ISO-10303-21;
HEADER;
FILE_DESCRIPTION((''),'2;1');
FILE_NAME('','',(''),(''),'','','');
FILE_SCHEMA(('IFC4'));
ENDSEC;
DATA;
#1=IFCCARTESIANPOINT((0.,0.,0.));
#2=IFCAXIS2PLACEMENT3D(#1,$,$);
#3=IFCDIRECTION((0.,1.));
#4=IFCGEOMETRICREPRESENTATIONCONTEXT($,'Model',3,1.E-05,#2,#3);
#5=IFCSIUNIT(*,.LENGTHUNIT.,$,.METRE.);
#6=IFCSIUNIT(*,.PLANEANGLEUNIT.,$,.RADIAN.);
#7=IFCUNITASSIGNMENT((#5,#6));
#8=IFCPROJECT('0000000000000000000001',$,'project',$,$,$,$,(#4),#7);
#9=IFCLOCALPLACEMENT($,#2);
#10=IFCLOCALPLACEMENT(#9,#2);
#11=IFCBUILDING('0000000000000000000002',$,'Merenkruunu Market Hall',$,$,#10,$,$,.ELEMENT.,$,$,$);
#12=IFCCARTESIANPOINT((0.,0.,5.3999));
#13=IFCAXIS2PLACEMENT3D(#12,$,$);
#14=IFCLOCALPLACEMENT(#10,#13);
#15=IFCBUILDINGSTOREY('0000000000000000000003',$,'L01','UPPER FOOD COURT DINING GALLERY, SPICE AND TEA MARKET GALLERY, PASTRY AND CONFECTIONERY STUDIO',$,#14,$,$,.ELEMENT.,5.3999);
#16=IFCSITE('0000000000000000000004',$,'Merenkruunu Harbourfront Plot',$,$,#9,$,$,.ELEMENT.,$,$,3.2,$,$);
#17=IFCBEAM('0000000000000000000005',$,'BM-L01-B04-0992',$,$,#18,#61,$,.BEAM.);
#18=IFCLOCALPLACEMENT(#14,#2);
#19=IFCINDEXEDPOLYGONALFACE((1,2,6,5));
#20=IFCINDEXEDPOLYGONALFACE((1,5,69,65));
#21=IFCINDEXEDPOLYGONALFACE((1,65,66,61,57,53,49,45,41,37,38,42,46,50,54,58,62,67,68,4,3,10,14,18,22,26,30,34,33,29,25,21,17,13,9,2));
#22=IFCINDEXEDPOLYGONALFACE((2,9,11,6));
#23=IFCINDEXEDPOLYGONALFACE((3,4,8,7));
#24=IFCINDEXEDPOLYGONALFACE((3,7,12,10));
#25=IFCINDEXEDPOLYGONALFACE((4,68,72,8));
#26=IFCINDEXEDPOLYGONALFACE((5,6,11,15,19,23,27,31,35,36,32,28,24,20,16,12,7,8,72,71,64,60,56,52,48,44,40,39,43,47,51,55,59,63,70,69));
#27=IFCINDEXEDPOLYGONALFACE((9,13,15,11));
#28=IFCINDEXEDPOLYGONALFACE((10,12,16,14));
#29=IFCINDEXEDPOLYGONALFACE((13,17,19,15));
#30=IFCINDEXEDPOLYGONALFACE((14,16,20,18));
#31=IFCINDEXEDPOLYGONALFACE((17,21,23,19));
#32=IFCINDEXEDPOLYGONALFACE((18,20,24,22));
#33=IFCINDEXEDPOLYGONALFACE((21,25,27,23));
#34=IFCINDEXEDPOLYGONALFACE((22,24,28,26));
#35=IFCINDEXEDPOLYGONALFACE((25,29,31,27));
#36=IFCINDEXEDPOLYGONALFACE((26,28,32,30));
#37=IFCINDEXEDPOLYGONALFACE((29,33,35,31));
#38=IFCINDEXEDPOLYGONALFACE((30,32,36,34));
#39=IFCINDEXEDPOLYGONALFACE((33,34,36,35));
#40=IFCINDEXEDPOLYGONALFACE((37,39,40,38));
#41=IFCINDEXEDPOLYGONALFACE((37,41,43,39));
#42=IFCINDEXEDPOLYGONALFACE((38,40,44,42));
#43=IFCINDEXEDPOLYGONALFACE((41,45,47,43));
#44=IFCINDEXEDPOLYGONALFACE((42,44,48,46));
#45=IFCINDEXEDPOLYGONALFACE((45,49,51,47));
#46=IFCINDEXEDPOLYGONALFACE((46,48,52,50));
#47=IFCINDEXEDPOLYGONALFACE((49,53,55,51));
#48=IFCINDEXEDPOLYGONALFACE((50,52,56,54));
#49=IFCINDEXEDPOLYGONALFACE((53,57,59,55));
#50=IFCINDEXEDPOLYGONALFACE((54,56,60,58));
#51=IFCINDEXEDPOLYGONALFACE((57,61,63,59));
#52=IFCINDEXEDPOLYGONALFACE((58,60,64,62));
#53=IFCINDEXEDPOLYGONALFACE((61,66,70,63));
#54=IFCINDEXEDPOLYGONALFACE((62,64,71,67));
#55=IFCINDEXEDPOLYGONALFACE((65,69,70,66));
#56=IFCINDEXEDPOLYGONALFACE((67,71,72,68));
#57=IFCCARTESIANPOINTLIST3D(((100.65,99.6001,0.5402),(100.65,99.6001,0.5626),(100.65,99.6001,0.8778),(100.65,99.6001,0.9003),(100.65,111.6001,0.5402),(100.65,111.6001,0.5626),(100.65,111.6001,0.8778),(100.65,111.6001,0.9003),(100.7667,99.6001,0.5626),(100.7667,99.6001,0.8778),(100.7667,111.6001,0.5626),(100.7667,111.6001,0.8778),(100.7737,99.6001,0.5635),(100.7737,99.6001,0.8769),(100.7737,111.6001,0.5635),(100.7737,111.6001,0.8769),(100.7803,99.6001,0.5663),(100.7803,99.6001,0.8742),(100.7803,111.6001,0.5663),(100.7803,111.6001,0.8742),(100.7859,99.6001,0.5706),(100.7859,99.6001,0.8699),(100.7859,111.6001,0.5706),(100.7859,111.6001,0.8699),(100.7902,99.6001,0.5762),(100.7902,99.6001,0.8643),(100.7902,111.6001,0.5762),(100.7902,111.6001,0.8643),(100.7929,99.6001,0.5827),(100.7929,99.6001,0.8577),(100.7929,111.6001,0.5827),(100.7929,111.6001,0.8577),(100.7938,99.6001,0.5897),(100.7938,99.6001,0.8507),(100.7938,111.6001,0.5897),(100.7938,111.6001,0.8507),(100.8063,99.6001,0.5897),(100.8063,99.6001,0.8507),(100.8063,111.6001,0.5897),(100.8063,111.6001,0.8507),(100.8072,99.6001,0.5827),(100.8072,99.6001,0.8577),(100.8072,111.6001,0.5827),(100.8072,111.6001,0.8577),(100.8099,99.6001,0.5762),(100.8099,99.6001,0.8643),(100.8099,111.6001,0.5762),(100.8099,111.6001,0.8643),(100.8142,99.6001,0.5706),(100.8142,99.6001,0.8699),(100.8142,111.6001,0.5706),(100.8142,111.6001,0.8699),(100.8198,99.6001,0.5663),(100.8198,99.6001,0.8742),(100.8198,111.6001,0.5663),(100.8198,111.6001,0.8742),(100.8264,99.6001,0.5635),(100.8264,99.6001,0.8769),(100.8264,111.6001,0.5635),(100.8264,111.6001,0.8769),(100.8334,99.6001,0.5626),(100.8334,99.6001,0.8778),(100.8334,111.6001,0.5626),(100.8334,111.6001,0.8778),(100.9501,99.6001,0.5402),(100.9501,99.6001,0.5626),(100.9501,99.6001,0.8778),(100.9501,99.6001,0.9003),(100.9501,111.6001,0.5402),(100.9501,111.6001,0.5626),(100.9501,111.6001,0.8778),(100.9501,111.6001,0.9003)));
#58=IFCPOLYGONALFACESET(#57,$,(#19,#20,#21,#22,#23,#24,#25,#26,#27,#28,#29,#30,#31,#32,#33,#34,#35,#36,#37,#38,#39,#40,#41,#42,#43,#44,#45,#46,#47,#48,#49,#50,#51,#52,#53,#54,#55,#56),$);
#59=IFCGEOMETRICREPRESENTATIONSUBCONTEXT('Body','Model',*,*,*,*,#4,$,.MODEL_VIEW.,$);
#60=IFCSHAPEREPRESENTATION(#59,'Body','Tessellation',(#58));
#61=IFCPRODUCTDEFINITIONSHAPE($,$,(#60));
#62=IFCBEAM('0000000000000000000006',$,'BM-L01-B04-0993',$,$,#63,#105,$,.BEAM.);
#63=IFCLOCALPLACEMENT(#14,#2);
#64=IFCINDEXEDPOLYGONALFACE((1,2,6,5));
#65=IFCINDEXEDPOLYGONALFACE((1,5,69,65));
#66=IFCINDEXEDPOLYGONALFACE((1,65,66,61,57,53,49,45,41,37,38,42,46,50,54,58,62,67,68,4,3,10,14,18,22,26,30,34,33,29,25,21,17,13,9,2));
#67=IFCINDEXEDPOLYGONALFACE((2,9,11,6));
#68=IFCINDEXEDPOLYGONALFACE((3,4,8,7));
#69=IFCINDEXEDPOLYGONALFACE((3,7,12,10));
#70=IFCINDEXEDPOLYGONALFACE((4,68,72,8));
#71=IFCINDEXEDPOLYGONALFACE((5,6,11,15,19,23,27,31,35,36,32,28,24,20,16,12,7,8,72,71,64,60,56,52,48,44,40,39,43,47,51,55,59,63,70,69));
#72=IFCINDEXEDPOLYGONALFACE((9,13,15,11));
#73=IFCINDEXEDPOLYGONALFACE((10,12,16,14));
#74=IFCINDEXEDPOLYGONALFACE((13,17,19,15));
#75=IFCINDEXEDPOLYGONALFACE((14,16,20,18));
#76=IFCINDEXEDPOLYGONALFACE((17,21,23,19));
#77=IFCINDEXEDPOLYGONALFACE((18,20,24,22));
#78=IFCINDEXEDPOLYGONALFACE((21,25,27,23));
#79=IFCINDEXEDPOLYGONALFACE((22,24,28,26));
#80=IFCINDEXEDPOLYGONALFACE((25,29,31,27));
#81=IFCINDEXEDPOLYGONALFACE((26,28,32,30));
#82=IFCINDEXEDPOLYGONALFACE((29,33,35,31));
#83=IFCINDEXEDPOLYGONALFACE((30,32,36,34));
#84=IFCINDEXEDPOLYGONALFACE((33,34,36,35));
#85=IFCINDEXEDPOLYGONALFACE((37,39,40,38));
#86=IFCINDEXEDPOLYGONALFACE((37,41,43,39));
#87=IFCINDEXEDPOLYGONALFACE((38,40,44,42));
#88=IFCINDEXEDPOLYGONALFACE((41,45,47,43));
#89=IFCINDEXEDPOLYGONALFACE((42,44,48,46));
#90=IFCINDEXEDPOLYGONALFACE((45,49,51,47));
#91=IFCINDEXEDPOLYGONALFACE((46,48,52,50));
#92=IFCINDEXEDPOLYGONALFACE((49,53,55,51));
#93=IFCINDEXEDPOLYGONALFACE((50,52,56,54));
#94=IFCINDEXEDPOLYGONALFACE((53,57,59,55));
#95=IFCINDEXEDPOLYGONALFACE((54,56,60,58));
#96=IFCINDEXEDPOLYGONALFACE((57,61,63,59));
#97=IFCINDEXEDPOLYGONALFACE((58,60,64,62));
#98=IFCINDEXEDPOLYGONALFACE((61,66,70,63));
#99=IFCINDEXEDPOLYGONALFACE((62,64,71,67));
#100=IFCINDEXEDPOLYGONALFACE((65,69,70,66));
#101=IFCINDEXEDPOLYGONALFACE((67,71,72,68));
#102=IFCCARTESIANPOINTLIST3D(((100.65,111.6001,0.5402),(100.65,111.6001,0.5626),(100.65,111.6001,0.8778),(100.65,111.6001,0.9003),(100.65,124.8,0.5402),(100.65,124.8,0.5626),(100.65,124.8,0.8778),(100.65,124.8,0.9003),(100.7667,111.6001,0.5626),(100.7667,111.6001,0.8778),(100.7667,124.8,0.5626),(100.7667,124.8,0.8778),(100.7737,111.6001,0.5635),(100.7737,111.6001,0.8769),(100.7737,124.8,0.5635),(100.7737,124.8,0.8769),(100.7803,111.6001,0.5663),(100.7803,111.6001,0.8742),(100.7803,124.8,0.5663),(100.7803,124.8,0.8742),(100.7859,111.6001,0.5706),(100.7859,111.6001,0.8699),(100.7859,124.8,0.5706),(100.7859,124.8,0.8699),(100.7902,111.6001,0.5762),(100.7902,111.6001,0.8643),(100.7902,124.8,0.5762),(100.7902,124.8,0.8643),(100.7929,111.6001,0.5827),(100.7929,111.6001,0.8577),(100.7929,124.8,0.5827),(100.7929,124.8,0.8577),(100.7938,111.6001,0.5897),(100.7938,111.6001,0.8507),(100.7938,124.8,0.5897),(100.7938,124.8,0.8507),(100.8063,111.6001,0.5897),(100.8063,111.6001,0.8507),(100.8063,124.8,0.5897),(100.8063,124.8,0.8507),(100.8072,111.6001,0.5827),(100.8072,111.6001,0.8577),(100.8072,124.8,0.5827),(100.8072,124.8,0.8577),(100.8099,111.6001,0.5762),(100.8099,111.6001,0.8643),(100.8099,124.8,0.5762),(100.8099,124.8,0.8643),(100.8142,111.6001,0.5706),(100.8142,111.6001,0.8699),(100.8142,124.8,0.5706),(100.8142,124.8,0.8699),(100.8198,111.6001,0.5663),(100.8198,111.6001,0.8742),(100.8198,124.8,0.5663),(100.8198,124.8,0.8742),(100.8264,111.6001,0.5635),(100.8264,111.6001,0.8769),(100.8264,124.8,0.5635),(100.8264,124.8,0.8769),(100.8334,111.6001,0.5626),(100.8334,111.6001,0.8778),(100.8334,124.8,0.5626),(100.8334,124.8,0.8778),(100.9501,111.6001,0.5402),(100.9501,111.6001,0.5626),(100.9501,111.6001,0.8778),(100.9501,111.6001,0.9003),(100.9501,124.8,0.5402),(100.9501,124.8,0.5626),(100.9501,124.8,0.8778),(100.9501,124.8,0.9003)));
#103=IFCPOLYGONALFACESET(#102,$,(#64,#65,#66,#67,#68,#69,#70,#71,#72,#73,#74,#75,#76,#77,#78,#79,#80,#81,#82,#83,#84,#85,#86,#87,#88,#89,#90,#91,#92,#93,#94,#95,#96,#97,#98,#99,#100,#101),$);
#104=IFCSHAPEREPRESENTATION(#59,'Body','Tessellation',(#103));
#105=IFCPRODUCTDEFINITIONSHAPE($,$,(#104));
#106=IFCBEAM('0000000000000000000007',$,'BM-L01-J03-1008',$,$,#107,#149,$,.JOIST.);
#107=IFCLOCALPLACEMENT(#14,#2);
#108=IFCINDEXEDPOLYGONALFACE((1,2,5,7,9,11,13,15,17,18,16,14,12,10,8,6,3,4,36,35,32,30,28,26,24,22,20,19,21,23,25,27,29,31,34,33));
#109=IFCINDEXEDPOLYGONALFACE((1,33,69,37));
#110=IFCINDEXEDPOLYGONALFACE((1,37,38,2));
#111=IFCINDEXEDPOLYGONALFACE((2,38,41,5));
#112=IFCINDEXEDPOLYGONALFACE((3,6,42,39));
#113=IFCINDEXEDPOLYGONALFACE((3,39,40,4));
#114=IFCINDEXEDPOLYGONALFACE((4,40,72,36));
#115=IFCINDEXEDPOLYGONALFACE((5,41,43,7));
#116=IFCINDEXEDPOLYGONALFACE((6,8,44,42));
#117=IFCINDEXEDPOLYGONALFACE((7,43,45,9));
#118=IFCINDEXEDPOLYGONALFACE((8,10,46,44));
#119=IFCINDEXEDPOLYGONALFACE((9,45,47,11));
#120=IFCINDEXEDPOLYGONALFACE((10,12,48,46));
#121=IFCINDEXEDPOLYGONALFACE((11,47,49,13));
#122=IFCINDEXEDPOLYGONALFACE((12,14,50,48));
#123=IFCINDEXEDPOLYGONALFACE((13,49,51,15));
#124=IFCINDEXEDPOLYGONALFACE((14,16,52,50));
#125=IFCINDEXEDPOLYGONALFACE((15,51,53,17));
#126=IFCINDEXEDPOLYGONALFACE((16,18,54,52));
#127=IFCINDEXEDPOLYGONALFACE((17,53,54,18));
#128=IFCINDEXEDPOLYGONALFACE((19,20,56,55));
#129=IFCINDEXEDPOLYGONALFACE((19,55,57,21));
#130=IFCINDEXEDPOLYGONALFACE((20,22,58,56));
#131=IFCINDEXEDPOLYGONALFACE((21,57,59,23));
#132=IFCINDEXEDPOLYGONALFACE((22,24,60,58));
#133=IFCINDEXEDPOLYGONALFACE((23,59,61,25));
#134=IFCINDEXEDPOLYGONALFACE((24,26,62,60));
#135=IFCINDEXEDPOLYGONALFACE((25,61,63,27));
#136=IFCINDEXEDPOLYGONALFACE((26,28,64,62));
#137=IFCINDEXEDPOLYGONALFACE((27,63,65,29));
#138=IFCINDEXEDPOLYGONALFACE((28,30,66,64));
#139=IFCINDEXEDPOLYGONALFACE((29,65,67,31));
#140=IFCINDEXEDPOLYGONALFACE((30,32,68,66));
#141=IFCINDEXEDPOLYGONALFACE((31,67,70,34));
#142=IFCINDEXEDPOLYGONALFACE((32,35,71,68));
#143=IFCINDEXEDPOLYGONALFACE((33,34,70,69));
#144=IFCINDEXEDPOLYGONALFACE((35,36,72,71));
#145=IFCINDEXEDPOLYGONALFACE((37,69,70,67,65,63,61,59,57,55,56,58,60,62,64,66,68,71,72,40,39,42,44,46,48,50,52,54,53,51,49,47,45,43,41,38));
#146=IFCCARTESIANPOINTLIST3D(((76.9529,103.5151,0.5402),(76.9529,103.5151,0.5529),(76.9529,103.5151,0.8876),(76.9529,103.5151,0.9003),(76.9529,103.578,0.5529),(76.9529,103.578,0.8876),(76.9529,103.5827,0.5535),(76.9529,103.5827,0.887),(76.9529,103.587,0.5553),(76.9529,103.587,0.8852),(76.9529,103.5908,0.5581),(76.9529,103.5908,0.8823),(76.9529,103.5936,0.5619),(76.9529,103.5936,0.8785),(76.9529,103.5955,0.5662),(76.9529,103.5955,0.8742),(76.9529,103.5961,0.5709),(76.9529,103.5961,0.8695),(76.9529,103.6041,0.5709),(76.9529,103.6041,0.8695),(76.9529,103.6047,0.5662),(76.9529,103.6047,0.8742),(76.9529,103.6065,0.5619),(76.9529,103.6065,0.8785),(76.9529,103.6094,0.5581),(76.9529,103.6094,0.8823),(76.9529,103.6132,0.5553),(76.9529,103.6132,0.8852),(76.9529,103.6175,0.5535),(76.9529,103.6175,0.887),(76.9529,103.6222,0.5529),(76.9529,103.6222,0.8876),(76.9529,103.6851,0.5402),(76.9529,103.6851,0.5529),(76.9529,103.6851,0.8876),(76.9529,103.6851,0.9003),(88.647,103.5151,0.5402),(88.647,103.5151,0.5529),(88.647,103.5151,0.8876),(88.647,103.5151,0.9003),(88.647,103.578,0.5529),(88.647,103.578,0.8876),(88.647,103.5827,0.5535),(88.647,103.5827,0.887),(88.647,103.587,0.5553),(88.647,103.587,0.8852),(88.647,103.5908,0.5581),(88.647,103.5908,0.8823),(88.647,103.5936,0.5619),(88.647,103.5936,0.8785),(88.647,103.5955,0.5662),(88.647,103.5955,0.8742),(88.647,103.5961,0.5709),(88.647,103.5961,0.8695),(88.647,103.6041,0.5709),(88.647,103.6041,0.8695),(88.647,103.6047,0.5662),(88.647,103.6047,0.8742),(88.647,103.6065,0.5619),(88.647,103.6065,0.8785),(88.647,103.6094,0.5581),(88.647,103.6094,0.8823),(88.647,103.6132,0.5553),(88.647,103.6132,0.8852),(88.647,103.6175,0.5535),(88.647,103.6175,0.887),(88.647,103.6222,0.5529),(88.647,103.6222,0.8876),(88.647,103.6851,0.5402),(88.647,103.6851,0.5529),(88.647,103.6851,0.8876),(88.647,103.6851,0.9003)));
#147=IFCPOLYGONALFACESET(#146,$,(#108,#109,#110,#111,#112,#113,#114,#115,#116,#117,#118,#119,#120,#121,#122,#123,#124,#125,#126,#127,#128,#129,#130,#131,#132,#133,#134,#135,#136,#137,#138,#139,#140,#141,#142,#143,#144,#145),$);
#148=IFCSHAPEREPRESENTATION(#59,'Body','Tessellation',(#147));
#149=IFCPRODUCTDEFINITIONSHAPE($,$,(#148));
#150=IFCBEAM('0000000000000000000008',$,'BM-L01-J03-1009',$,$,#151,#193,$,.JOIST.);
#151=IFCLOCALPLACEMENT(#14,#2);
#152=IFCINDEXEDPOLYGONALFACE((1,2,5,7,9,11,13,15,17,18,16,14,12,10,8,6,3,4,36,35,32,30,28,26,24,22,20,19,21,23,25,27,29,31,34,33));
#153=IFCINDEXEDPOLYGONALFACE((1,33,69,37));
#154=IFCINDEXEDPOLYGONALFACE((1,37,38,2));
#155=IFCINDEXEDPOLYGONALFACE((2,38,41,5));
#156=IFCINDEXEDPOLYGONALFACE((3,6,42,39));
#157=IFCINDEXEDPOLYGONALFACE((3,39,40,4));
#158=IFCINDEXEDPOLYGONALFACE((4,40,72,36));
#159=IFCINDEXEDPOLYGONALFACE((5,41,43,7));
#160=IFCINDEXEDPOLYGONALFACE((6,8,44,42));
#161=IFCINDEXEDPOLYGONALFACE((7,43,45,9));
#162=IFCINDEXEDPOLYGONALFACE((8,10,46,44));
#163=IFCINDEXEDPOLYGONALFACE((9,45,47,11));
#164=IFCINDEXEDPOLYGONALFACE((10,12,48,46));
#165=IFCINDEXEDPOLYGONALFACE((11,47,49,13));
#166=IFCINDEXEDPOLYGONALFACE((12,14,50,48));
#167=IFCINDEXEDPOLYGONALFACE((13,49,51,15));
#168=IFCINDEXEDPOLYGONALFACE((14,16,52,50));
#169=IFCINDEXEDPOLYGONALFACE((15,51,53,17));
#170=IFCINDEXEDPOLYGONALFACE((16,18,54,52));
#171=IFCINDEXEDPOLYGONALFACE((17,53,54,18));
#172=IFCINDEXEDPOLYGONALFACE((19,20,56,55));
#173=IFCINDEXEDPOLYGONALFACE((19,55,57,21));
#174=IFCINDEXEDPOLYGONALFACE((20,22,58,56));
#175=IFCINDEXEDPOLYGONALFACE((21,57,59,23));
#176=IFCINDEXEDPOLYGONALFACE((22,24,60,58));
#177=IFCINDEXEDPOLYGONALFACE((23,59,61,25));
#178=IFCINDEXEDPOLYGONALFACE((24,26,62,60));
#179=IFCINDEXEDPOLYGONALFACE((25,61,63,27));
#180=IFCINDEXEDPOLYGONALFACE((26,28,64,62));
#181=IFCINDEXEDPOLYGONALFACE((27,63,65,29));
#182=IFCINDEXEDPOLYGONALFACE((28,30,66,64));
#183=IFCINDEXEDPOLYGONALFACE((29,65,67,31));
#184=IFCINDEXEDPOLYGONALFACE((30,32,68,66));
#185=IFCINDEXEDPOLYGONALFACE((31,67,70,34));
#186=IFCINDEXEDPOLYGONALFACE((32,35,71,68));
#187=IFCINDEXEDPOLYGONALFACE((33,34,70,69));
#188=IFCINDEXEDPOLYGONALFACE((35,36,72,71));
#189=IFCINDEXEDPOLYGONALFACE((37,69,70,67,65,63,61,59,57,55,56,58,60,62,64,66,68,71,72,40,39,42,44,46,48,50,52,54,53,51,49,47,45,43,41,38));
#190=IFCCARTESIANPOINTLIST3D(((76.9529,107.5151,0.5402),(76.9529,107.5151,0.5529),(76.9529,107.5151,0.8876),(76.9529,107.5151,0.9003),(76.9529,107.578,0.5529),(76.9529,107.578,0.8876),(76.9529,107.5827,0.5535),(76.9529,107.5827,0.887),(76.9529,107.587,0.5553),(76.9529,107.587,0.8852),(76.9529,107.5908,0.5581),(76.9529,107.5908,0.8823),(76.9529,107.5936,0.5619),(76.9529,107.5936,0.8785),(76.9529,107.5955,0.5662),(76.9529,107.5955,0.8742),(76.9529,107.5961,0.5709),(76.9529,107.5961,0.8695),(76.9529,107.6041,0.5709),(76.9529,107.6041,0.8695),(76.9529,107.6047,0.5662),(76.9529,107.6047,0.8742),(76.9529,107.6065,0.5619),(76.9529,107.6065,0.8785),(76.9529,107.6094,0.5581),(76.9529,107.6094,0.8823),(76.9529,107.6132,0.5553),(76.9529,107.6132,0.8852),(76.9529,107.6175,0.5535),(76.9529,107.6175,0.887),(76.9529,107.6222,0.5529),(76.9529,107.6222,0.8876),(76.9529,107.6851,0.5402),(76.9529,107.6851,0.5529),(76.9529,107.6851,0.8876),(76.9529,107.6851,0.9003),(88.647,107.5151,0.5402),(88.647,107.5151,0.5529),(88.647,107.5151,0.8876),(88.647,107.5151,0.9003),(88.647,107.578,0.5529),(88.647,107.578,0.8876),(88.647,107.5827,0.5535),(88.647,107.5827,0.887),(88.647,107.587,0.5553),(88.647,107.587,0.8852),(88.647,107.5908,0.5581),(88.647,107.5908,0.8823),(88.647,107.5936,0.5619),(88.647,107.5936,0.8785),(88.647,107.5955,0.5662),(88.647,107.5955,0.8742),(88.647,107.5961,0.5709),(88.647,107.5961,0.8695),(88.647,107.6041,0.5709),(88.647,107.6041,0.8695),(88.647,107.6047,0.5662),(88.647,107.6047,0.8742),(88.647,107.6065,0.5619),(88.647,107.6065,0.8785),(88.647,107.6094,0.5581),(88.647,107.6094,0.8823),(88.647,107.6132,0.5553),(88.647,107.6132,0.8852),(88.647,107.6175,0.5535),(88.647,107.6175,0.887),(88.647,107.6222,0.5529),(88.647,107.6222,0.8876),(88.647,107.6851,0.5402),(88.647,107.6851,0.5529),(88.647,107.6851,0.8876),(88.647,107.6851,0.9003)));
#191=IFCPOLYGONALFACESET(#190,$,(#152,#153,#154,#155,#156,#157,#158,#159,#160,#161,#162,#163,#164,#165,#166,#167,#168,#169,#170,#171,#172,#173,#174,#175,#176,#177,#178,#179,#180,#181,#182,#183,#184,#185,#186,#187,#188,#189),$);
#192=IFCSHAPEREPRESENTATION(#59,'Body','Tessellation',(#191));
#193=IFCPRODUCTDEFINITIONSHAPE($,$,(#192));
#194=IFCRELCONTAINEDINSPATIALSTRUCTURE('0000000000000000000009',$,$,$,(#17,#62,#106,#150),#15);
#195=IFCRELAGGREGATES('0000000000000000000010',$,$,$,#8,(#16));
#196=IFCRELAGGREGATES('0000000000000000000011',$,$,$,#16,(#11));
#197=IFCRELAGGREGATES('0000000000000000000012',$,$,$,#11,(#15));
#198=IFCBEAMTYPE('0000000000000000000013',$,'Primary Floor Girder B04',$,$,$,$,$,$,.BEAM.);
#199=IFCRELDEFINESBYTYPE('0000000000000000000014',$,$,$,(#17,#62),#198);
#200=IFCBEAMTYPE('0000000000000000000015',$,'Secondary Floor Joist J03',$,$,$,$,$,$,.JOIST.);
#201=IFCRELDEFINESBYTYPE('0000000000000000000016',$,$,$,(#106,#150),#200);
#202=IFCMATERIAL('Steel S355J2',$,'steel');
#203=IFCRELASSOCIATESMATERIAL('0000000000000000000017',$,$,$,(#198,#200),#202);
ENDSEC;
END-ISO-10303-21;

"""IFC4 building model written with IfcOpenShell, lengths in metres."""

from ifc_helpers import new_model, si_unit, direction, frame, origin, origin_2d, place, context, subcontext, project, spatial, i_section, extrude, material, material_profile, profile_set, type_object, element, save


model = new_model("IFC4")

# Units and contexts
model_context = context("Model", 3, precision=1e-05, world=origin(), true_north=direction((0.0, 1.0)))
body_context = subcontext(model_context, "Body", "Model", "MODEL_VIEW")
ifc_project = project(units=[si_unit("LENGTHUNIT", "METRE"), si_unit("PLANEANGLEUNIT", "RADIAN")], contexts=[model_context])

# Site, building, storey
site_placement = place(None, origin())
site = spatial("IfcSite", under=ifc_project, at=site_placement, Name="Merenkruunu Harbourfront Plot", CompositionType="ELEMENT", RefElevation=3.2)
building_placement = place(site_placement, origin())
building = spatial("IfcBuilding", under=site, at=building_placement, Name="Merenkruunu Market Hall", CompositionType="ELEMENT")
storey_placement = place(building_placement, frame((0.0, 0.0, 5.3999)))
storey = spatial("IfcBuildingStorey", under=building, at=storey_placement, Name="L01", Description="UPPER FOOD COURT DINING GALLERY, SPICE AND TEA MARKET GALLERY, PASTRY AND CONFECTIONERY STUDIO", CompositionType="ELEMENT", Elevation=5.3999)

# Beams
ifc_material_1 = material(Name="Steel S355J2", Category="steel")
ifc_material_profile_1 = material_profile(ifc_material_1, i_section(OverallWidth=0.3, OverallDepth=0.3601, WebThickness=0.0125, FlangeThickness=0.0225, FilletRadius=0.0271, at=origin_2d()), Name="HEB 360")
ifc_profile_set_1 = profile_set([ifc_material_profile_1], Name="Steel S355J2")
beam_type_1 = type_object("IfcBeamType", Name="Primary Floor Girder B04", PredefinedType="BEAM", material=ifc_profile_set_1)
beam_1_placement = place(storey_placement, frame((100.8, 99.6001, 0.7202), z_axis=(0.0, 1.0, 0.0), x_axis=(-1.0, 0.0, 0.0)))
element("IfcBeam", 1, at=beam_1_placement, inside=storey, type_object=beam_type_1, Name="BM-L01-B04-0992", PredefinedType="BEAM", context=body_context, shape_type="SweptSolid", body=[
    extrude(i_section(OverallWidth=0.3, OverallDepth=0.3601, WebThickness=0.0125, FlangeThickness=0.0225, FilletRadius=0.0271, at=origin_2d()), origin(), (0.0, 0.0, 1.0), 12.0),
])
beam_2_placement = place(storey_placement, frame((100.8, 111.6001, 0.7202), z_axis=(0.0, 1.0, 0.0), x_axis=(-1.0, 0.0, 0.0)))
element("IfcBeam", 2, at=beam_2_placement, inside=storey, type_object=beam_type_1, Name="BM-L01-B04-0993", PredefinedType="BEAM", context=body_context, shape_type="SweptSolid", body=[
    extrude(i_section(OverallWidth=0.3, OverallDepth=0.3601, WebThickness=0.0125, FlangeThickness=0.0225, FilletRadius=0.0271, at=origin_2d()), origin(), (0.0, 0.0, 1.0), 13.2),
])
ifc_material_profile_2 = material_profile(ifc_material_1, i_section(OverallWidth=0.1699, OverallDepth=0.3601, WebThickness=0.0081, FlangeThickness=0.0127, FilletRadius=0.0181, at=origin_2d()), Name="IPE 360")
ifc_profile_set_2 = profile_set([ifc_material_profile_2], Name="Steel S355J2")
beam_type_2 = type_object("IfcBeamType", Name="Secondary Floor Joist J03", PredefinedType="JOIST", material=ifc_profile_set_2)
for number, where, z_axis, x_axis, name in (
    (3, (76.9529, 103.6001, 0.7202), (1.0, 0.0, 0.0), (0.0, 1.0, 0.0), "BM-L01-J03-1008"),
    (4, (76.9529, 107.6001, 0.7202), (1.0, 0.0, 0.0), (0.0, 1.0, 0.0), "BM-L01-J03-1009"),
):
    element("IfcBeam", number, at=place(storey_placement, frame(where, z_axis=z_axis, x_axis=x_axis)), inside=storey, type_object=beam_type_2, Name=name, PredefinedType="JOIST", context=body_context, shape_type="SweptSolid", body=[
        extrude(i_section(OverallWidth=0.1699, OverallDepth=0.3601, WebThickness=0.0081, FlangeThickness=0.0127, FilletRadius=0.0181, at=origin_2d()), origin(), (0.0, 0.0, 1.0), 11.6941),
    ])

save(model, "model.ifc")
